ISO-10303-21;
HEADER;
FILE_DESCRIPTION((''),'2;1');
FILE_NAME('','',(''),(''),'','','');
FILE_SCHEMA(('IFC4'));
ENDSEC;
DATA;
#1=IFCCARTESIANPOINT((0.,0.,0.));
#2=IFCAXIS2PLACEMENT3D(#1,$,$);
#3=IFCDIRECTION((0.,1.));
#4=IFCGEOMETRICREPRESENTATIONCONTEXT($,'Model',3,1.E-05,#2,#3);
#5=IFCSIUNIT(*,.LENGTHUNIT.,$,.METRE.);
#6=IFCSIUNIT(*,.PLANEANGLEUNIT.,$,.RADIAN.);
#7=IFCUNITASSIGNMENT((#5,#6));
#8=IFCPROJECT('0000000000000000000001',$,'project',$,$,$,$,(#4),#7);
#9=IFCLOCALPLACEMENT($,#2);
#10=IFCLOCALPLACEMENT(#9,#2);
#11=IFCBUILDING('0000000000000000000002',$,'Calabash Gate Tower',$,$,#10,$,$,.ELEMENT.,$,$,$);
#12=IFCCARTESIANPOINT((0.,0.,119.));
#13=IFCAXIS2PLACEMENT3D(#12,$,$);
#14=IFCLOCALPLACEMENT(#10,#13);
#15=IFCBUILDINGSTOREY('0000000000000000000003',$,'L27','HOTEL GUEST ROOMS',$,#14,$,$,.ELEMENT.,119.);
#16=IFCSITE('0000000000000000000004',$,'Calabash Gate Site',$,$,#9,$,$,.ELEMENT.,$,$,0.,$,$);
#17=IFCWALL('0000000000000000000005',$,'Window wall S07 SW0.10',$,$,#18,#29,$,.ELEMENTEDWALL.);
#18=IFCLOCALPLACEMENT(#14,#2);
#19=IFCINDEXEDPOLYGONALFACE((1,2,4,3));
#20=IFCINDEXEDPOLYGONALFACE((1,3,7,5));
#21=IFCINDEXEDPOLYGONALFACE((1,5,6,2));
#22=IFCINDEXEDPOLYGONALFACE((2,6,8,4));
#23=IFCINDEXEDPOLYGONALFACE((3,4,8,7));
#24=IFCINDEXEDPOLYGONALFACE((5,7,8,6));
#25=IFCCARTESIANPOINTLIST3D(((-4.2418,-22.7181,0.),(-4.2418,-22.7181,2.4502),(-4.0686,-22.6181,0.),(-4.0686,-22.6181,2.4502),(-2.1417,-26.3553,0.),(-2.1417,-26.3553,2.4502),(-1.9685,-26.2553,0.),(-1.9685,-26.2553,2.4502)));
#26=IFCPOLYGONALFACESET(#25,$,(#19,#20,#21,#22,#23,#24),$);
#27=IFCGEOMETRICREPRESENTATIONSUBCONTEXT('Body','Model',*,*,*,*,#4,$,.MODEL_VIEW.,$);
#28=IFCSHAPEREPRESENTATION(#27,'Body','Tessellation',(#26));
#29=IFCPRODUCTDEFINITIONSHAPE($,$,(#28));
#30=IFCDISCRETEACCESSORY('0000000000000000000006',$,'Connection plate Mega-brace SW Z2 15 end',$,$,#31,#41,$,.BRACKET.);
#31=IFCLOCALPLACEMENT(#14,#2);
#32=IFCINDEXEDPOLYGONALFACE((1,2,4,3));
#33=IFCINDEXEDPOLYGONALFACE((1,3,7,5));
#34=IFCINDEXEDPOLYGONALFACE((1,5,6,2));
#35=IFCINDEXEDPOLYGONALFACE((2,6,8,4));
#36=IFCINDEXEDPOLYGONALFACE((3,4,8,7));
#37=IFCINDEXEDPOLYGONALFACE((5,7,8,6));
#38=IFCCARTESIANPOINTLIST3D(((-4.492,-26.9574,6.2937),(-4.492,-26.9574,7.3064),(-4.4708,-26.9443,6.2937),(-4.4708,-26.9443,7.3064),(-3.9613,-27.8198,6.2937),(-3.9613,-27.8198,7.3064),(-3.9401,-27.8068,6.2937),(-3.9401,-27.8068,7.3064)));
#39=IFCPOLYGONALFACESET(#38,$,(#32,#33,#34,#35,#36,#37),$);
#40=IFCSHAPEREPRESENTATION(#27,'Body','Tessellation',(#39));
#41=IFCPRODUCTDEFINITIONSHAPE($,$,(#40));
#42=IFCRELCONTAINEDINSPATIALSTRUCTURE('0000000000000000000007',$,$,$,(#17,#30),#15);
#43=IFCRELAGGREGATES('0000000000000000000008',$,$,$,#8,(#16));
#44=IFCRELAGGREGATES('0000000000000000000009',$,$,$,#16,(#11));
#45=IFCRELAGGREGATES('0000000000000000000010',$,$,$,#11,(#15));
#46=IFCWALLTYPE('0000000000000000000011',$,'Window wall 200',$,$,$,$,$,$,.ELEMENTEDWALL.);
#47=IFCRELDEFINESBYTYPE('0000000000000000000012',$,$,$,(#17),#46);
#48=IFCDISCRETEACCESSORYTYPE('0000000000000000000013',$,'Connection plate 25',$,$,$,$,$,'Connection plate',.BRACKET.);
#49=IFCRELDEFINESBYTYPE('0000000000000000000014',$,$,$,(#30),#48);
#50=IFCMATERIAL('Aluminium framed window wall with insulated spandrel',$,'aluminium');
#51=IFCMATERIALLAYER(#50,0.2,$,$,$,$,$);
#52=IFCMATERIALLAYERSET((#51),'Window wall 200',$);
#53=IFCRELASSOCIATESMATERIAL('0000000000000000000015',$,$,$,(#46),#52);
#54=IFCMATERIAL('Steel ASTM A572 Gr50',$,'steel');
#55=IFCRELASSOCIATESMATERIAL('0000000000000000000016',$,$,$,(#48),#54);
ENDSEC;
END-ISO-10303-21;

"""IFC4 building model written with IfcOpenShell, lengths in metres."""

from ifc_helpers import new_model, si_unit, direction, frame, frame_2d, origin, origin_2d, place, context, subcontext, project, spatial, rectangle, extrude, material, layer, layer_set, type_object, element, save


model = new_model("IFC4")

# Units and contexts
model_context = context("Model", 3, precision=1e-05, world=origin(), true_north=direction((0.0, 1.0)))
body_context = subcontext(model_context, "Body", "Model", "MODEL_VIEW")
ifc_project = project(units=[si_unit("LENGTHUNIT", "METRE"), si_unit("PLANEANGLEUNIT", "RADIAN")], contexts=[model_context])

# Site, building, storey
site_placement = place(None, origin())
site = spatial("IfcSite", under=ifc_project, at=site_placement, Name="Calabash Gate Site", CompositionType="ELEMENT", RefElevation=0.0)
building_placement = place(site_placement, origin())
building = spatial("IfcBuilding", under=site, at=building_placement, Name="Calabash Gate Tower", CompositionType="ELEMENT")
storey_placement = place(building_placement, frame((0.0, 0.0, 119.0)))
storey = spatial("IfcBuildingStorey", under=building, at=storey_placement, Name="L27", Description="HOTEL GUEST ROOMS", CompositionType="ELEMENT", Elevation=119.0)

# Wall
ifc_material_1 = material(Name="Aluminium framed window wall with insulated spandrel", Category="aluminium")
ifc_layer_1 = layer(ifc_material_1, 0.2)
ifc_layer_set_1 = layer_set([ifc_layer_1], Name="Window wall 200")
wall_type_1 = type_object("IfcWallType", Name="Window wall 200", PredefinedType="ELEMENTEDWALL", material=ifc_layer_set_1)
wall_1_placement = place(storey_placement, frame((-4.1553, -22.668, 0.0), z_axis=(0.0, 0.0, 1.0), x_axis=(0.500028, -0.866009, 0.0)))
element("IfcWall", 1, at=wall_1_placement, inside=storey, type_object=wall_type_1, Name="Window wall S07 SW0.10", PredefinedType="ELEMENTEDWALL", context=body_context, shape_type="SweptSolid", body=[
    extrude(rectangle(XDim=4.2, YDim=0.2, at=frame_2d((2.1001, 0.0))), origin(), (0.0, 0.0, 1.0), 2.4502),
])

# Discrete accessory
ifc_material_2 = material(Name="Steel ASTM A572 Gr50", Category="steel")
discrete_accessory_type = type_object("IfcDiscreteAccessoryType", Name="Connection plate 25", ElementType="Connection plate", PredefinedType="BRACKET", material=ifc_material_2)
discrete_accessory_placement = place(storey_placement, frame((-4.2161, -27.3821, 6.2937), z_axis=(0.0, 0.0, 1.0), x_axis=(0.524103, -0.851655, 0.0)))
element("IfcDiscreteAccessory", 2, at=discrete_accessory_placement, inside=storey, type_object=discrete_accessory_type, Name="Connection plate Mega-brace SW Z2 15 end", PredefinedType="BRACKET", context=body_context, shape_type="SweptSolid", body=[
    extrude(rectangle(XDim=1.0127, YDim=0.0249, at=origin_2d()), origin(), (0.0, 0.0, 1.0), 1.0127),
])

save(model, "model.ifc")
